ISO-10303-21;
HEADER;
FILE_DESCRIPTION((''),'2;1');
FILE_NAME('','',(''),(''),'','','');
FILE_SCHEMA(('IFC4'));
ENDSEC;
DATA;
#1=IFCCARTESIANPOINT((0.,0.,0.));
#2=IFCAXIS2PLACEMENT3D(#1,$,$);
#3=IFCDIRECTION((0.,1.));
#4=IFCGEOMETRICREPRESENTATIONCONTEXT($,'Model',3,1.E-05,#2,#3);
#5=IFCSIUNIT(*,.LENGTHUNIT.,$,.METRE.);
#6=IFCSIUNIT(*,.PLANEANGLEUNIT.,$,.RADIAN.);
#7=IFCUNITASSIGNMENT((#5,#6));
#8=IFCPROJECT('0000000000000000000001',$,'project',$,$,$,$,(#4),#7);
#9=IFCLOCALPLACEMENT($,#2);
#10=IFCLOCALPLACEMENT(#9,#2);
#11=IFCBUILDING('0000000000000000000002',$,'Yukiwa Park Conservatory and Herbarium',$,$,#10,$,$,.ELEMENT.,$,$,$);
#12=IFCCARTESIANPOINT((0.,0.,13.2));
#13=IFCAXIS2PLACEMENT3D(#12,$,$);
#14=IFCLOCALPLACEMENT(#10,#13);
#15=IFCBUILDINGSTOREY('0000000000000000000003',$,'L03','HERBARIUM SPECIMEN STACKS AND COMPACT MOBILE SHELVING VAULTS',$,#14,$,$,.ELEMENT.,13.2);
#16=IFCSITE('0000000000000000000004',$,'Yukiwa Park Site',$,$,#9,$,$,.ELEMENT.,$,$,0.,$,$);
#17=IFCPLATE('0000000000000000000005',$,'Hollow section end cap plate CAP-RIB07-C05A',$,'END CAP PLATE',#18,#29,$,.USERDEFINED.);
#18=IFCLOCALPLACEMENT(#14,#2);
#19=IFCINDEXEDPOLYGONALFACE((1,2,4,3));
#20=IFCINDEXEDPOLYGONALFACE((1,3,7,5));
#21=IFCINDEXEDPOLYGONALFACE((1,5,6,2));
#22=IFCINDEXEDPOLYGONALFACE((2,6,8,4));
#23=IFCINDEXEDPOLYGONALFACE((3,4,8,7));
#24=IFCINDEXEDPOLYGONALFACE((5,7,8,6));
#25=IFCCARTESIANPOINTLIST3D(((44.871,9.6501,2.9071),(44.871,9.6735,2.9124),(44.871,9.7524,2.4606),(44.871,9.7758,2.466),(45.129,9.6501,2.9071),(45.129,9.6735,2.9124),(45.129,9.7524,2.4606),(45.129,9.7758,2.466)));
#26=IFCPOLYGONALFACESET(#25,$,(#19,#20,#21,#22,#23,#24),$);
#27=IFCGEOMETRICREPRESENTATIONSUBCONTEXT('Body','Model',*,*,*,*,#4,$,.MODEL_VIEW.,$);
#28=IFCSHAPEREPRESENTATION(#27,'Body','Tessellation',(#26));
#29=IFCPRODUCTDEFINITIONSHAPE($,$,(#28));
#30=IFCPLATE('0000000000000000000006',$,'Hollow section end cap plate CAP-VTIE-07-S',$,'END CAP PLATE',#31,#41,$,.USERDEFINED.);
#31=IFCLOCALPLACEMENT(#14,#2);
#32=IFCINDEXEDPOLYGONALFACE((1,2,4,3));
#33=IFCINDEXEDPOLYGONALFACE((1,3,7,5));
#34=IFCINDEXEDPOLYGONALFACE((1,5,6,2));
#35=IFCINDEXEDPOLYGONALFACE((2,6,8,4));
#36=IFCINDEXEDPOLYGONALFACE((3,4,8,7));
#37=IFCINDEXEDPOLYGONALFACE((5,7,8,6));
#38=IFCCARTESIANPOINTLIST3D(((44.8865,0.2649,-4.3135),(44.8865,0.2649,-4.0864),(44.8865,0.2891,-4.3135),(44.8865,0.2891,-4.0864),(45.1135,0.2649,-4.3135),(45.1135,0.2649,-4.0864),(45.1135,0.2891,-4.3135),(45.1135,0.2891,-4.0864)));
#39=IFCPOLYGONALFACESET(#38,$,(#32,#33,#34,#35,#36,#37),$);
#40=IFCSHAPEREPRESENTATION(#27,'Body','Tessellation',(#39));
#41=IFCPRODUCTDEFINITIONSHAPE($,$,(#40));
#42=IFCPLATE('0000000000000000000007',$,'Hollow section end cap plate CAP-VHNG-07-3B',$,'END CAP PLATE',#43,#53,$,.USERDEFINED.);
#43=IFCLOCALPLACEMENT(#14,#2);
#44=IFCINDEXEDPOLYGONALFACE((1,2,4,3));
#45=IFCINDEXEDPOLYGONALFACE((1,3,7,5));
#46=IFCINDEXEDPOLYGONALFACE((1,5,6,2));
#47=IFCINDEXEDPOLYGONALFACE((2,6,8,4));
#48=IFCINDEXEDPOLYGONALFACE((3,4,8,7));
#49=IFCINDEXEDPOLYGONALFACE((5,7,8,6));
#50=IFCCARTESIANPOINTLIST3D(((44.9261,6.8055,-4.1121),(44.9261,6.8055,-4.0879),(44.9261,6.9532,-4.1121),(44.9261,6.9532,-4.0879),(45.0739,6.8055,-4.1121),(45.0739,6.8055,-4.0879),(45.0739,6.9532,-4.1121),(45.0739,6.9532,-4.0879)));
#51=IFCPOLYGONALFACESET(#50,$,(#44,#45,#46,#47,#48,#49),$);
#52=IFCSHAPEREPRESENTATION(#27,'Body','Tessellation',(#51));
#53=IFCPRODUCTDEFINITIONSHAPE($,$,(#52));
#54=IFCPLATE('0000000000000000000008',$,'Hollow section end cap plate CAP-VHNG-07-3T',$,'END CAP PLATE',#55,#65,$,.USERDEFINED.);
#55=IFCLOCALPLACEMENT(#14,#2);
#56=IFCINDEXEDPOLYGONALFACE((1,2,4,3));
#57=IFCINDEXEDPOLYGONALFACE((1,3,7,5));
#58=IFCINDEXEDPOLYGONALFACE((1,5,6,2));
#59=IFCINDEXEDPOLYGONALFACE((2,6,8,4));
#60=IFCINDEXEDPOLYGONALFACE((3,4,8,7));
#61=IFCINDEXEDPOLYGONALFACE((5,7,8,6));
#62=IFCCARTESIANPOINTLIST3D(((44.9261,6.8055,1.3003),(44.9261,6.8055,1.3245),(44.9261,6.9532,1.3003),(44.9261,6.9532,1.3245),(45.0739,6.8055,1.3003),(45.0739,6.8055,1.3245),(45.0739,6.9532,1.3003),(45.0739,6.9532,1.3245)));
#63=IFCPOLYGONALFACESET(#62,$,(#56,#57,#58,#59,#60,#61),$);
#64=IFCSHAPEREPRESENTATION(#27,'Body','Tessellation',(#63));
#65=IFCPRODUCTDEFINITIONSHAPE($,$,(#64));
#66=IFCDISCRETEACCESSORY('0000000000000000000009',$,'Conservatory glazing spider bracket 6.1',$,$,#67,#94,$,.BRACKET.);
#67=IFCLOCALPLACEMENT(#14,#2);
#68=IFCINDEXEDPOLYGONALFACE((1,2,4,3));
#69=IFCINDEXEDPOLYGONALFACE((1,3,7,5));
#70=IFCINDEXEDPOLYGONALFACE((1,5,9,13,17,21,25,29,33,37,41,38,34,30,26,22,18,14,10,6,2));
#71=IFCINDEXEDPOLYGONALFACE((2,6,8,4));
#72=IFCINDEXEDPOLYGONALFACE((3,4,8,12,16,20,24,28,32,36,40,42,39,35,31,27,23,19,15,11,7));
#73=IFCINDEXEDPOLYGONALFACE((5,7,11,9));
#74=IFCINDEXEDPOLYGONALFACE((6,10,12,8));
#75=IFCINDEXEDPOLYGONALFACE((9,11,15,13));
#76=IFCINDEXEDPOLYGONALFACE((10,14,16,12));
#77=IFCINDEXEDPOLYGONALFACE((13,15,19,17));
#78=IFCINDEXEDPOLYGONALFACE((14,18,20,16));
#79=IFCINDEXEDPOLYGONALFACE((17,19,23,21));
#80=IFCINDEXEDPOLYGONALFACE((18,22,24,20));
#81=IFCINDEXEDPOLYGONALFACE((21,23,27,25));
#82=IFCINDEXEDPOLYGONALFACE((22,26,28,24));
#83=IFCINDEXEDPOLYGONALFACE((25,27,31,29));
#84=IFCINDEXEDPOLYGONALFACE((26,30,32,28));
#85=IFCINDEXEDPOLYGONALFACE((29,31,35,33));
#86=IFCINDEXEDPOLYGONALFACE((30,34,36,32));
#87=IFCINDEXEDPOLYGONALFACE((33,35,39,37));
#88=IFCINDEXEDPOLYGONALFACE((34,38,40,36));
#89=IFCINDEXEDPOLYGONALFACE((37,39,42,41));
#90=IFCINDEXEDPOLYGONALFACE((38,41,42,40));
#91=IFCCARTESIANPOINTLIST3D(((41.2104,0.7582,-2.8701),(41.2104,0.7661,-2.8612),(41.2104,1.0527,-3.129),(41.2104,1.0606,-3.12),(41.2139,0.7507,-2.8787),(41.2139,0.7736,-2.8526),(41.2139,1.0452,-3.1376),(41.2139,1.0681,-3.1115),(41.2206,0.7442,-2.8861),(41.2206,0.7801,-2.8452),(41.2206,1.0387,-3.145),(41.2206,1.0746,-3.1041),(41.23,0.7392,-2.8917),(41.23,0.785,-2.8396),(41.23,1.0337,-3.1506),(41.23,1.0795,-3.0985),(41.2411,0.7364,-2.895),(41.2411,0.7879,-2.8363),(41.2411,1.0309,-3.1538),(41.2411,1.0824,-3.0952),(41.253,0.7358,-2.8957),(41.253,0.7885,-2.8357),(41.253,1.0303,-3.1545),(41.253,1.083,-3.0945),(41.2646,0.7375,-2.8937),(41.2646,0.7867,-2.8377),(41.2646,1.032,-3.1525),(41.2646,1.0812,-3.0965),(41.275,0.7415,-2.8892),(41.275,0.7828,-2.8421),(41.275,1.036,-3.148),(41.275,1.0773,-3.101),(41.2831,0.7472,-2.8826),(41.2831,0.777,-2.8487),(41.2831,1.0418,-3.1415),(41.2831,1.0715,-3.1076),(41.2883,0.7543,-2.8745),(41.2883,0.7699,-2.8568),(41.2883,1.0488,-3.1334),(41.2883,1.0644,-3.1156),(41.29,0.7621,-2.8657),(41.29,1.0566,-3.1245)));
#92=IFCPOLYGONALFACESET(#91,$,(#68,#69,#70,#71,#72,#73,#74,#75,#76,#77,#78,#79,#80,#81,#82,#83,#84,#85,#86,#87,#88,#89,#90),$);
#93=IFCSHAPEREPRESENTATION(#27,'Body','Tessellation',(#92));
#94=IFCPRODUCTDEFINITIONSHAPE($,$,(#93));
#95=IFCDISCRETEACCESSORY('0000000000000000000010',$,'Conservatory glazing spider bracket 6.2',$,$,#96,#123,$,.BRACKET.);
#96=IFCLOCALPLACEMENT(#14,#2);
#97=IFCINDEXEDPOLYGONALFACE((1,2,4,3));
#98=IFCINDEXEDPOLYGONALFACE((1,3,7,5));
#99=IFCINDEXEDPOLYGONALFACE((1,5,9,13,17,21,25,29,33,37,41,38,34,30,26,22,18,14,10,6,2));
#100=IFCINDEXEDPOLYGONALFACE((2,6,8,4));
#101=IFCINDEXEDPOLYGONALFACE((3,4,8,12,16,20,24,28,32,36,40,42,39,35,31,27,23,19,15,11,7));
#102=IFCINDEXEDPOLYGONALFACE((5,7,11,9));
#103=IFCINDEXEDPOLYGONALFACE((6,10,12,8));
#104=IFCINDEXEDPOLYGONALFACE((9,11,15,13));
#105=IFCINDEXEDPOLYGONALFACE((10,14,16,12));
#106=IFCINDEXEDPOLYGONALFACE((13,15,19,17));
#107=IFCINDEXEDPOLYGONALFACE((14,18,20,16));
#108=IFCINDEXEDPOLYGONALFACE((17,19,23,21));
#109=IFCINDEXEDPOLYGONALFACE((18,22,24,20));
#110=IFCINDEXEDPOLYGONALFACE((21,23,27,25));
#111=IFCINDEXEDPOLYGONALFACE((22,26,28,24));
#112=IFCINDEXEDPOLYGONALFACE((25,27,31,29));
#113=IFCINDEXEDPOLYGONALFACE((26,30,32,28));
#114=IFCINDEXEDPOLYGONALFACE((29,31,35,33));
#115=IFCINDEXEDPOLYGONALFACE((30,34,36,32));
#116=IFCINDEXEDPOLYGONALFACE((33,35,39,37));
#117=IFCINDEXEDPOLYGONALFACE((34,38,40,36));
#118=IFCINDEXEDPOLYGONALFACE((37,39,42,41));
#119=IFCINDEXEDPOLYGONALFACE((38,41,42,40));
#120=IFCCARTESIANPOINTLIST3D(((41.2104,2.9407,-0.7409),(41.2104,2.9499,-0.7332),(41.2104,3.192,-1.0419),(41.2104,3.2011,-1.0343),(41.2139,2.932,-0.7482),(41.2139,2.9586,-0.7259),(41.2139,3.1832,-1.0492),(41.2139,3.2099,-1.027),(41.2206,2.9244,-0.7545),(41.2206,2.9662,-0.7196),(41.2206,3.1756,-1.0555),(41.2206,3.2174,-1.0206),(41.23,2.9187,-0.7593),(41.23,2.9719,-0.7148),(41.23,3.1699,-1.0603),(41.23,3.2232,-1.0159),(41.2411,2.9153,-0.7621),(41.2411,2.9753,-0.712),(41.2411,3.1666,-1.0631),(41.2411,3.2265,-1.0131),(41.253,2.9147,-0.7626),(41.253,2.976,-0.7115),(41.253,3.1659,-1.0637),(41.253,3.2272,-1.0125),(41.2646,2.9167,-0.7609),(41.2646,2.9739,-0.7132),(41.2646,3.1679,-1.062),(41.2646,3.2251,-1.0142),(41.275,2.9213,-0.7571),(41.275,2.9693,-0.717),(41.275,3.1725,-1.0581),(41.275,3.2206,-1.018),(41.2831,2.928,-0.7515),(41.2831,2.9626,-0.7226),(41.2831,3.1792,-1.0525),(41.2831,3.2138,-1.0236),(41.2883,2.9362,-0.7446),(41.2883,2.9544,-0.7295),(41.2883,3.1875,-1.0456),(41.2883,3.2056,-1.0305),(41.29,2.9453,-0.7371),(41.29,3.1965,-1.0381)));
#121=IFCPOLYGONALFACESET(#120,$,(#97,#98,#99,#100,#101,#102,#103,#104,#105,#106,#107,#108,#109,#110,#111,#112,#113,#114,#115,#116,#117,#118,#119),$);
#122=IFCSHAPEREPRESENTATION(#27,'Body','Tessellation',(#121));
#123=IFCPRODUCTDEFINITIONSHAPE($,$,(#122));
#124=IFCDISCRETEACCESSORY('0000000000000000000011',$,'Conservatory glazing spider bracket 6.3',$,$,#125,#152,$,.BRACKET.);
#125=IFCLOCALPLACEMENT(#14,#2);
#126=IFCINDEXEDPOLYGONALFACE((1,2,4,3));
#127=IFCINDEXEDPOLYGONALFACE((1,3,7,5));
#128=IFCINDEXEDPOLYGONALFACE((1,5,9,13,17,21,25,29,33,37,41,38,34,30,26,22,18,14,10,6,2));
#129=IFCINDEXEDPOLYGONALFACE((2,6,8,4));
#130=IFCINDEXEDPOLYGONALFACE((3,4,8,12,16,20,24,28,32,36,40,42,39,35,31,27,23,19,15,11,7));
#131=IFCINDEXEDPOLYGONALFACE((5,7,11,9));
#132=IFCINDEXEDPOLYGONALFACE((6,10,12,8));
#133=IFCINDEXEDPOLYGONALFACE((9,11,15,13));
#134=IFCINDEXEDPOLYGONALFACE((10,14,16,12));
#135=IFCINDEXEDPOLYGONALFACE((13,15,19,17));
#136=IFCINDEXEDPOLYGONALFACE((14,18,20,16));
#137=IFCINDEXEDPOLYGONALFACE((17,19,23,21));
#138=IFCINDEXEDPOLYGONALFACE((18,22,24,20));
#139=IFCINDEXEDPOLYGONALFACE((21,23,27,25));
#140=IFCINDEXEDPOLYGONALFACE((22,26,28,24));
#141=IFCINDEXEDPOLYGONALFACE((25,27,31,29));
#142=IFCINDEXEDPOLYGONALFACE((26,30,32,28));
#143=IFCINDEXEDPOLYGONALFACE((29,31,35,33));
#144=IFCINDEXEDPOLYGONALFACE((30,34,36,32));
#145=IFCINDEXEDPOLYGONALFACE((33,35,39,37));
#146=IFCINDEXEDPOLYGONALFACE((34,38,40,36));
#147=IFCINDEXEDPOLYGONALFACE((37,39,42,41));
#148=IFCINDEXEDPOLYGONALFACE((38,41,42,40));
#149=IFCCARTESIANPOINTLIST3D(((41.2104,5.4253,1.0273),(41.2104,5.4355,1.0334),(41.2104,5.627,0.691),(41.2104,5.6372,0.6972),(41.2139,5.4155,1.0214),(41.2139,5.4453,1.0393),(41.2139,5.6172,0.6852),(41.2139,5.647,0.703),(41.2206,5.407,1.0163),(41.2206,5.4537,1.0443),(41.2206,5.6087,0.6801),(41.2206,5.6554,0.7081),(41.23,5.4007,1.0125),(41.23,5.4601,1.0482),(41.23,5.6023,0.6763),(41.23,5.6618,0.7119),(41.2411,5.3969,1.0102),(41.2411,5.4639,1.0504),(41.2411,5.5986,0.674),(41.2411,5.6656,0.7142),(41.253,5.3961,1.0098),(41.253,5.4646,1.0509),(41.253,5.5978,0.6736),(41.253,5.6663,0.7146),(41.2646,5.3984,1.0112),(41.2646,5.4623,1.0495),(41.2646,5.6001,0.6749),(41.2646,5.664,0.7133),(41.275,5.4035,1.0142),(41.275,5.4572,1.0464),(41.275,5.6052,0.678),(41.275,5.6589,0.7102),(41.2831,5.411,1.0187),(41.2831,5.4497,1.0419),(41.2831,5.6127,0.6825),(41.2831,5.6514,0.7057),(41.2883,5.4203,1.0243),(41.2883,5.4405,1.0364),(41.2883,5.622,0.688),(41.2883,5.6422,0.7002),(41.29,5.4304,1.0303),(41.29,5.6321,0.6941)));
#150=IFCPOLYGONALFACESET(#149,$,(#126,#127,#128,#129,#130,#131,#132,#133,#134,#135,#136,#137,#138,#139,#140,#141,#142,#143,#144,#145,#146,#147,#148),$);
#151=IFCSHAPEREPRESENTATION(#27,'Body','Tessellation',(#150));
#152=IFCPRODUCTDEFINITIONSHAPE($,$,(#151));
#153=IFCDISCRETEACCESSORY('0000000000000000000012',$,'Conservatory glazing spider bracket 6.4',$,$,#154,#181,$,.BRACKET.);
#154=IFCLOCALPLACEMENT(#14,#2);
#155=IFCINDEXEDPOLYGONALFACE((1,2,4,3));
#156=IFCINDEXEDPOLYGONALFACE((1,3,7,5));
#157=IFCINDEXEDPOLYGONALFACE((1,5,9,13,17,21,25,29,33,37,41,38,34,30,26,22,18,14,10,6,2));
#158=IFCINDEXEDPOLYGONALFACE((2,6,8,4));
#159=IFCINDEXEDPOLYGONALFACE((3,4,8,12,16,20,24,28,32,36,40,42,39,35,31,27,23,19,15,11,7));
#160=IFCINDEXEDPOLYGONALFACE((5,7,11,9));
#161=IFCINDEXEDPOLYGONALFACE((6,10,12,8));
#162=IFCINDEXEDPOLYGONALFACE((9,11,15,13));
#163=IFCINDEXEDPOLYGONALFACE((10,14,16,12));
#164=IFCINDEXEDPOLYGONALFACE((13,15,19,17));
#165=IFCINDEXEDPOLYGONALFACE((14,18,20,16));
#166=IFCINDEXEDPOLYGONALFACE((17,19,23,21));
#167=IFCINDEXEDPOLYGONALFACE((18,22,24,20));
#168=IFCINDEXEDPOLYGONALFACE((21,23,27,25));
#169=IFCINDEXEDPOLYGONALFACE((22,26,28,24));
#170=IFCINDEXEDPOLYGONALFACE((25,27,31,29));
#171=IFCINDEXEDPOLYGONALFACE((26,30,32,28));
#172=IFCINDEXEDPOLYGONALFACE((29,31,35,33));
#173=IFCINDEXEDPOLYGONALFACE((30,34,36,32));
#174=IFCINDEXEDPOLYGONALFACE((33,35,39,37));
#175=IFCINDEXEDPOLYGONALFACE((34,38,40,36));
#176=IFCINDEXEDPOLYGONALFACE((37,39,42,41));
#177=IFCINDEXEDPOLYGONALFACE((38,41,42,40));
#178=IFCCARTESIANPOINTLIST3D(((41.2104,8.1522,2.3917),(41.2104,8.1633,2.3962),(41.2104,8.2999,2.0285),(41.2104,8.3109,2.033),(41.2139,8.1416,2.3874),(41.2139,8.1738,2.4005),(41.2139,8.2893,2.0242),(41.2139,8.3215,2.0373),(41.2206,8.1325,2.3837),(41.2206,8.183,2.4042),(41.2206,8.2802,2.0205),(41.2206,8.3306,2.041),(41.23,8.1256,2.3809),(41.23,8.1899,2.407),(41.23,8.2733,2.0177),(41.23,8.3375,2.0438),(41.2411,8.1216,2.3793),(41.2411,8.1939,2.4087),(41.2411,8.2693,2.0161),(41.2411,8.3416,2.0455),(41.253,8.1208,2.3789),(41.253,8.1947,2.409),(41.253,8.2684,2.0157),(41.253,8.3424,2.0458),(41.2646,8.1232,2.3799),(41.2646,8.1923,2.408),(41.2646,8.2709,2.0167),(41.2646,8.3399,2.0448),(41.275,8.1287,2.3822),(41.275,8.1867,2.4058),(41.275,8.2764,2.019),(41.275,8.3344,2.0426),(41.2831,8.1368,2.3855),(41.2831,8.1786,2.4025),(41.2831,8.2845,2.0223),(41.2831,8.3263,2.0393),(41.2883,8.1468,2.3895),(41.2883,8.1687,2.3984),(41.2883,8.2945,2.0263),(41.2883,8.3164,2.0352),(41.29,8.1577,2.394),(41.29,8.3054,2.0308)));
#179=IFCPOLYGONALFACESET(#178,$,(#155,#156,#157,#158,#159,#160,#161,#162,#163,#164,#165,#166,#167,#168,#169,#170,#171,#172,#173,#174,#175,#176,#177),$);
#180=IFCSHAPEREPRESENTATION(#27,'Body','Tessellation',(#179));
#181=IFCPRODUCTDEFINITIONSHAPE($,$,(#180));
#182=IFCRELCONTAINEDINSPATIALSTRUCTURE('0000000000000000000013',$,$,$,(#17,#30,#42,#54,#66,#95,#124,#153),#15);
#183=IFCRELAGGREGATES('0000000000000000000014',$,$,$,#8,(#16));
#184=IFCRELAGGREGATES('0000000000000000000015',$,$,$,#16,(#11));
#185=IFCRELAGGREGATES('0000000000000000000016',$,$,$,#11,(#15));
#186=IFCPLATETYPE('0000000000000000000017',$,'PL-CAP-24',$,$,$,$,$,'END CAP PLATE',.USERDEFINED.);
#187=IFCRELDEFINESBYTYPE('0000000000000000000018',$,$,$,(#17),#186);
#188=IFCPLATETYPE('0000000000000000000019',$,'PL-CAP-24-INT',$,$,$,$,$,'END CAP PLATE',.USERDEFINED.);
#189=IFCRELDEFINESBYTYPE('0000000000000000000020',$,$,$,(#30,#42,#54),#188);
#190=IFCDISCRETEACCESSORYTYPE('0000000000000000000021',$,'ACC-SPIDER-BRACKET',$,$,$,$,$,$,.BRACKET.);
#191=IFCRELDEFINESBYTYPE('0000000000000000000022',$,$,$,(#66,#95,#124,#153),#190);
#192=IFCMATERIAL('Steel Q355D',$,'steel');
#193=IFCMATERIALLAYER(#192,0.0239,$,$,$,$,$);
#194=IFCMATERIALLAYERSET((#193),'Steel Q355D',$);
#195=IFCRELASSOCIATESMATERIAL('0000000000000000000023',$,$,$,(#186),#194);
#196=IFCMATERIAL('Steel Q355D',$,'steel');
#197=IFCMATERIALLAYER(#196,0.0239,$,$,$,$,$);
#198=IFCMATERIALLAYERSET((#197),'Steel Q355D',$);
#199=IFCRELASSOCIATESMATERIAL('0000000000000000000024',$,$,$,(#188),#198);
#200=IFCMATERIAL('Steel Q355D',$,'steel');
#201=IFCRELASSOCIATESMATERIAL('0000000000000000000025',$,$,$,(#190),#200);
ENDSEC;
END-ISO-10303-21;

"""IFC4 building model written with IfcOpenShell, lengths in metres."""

from ifc_helpers import new_model, si_unit, direction, frame, origin, origin_2d, place, context, subcontext, project, spatial, rectangle, circle, extrude, material, layer, layer_set, type_object, element, save


model = new_model("IFC4")

# Units and contexts
model_context = context("Model", 3, precision=1e-05, world=origin(), true_north=direction((0.0, 1.0)))
body_context = subcontext(model_context, "Body", "Model", "MODEL_VIEW")
ifc_project = project(units=[si_unit("LENGTHUNIT", "METRE"), si_unit("PLANEANGLEUNIT", "RADIAN")], contexts=[model_context])

# Site, building, storey
site_placement = place(None, origin())
site = spatial("IfcSite", under=ifc_project, at=site_placement, Name="Yukiwa Park Site", CompositionType="ELEMENT", RefElevation=0.0)
building_placement = place(site_placement, origin())
building = spatial("IfcBuilding", under=site, at=building_placement, Name="Yukiwa Park Conservatory and Herbarium", CompositionType="ELEMENT")
storey_placement = place(building_placement, frame((0.0, 0.0, 13.2)))
storey = spatial("IfcBuildingStorey", under=building, at=storey_placement, Name="L03", Description="HERBARIUM SPECIMEN STACKS AND COMPACT MOBILE SHELVING VAULTS", CompositionType="ELEMENT", Elevation=13.2)

# Plates
ifc_material_1 = material(Name="Steel Q355D", Category="steel")
ifc_layer_1 = layer(ifc_material_1, 0.0239)
ifc_layer_set_1 = layer_set([ifc_layer_1], Name="Steel Q355D")
plate_type_1 = type_object("IfcPlateType", Name="PL-CAP-24", ElementType="END CAP PLATE", PredefinedType="USERDEFINED", material=ifc_layer_set_1)
for number, where, z_axis, x_axis, name in (
    (1, (45.0, 9.7246, 2.6892), (0.0, -0.974732, -0.223376), (1.0, 0.0, 0.0), "Hollow section end cap plate CAP-RIB07-C05A"),
):
    element("IfcPlate", number, at=place(storey_placement, frame(where, z_axis=z_axis, x_axis=x_axis)), inside=storey, type_object=plate_type_1, Name=name, ObjectType="END CAP PLATE", PredefinedType="USERDEFINED", context=body_context, shape_type="SweptSolid", body=[
        extrude(rectangle(XDim=0.2581, YDim=0.458, at=origin_2d()), origin(), (0.0, 0.0, 1.0), 0.0239),
    ])
ifc_material_2 = material(Name="Steel Q355D", Category="steel")
ifc_layer_2 = layer(ifc_material_2, 0.0239)
ifc_layer_set_2 = layer_set([ifc_layer_2], Name="Steel Q355D")
plate_type_2 = type_object("IfcPlateType", Name="PL-CAP-24-INT", ElementType="END CAP PLATE", PredefinedType="USERDEFINED", material=ifc_layer_set_2)
plate_1_placement = place(storey_placement, frame((45.0, 0.2891, -4.2), z_axis=(0.0, -1.0, 0.0), x_axis=(1.0, 0.0, 0.0)))
element("IfcPlate", 2, at=plate_1_placement, inside=storey, type_object=plate_type_2, Name="Hollow section end cap plate CAP-VTIE-07-S", ObjectType="END CAP PLATE", PredefinedType="USERDEFINED", context=body_context, shape_type="SweptSolid", body=[
    extrude(rectangle(XDim=0.2271, YDim=0.2271, at=origin_2d()), origin(), (0.0, 0.0, 1.0), 0.0242),
])
for number, where, z_axis, x_axis, name in (
    (3, (45.0, 6.8794, -4.0879), (0.0, 0.0, -1.0), (1.0, 0.0, 0.0), "Hollow section end cap plate CAP-VHNG-07-3B"),
    (4, (45.0, 6.8794, 1.3003), (0.0, 0.0, 1.0), (1.0, 0.0, 0.0), "Hollow section end cap plate CAP-VHNG-07-3T"),
):
    element("IfcPlate", number, at=place(storey_placement, frame(where, z_axis=z_axis, x_axis=x_axis)), inside=storey, type_object=plate_type_2, Name=name, ObjectType="END CAP PLATE", PredefinedType="USERDEFINED", context=body_context, shape_type="SweptSolid", body=[
        extrude(rectangle(XDim=0.1477, YDim=0.1477, at=origin_2d()), origin(), (0.0, 0.0, 1.0), 0.0242),
    ])

# Discrete accessories
ifc_material_3 = material(Name="Steel Q355D", Category="steel")
discrete_accessory_type = type_object("IfcDiscreteAccessoryType", Name="ACC-SPIDER-BRACKET", PredefinedType="BRACKET", material=ifc_material_3)
for number, where, z_axis, x_axis, name in (
    (5, (41.25, 1.0566, -3.1245), (0.0, -0.751109, 0.660178), (1.0, 0.0, 0.0), "Conservatory glazing spider bracket 6.1"),
    (6, (41.25, 3.1965, -1.0381), (0.0, -0.640735, 0.767762), (1.0, 0.0, 0.0), "Conservatory glazing spider bracket 6.2"),
    (7, (41.25, 5.6321, 0.6941), (0.0, -0.514404, 0.857548), (1.0, 0.0, 0.0), "Conservatory glazing spider bracket 6.3"),
    (8, (41.25, 8.3054, 2.0308), (0.0, -0.376644, 0.926358), (1.0, 0.0, 0.0), "Conservatory glazing spider bracket 6.4"),
):
    element("IfcDiscreteAccessory", number, at=place(storey_placement, frame(where, z_axis=z_axis, x_axis=x_axis)), inside=storey, type_object=discrete_accessory_type, Name=name, PredefinedType="BRACKET", context=body_context, shape_type="SweptSolid", body=[
        extrude(circle(Radius=0.04, at=origin_2d()), origin(), (0.0, 0.0, 1.0), 0.3921),
    ])

save(model, "model.ifc")
